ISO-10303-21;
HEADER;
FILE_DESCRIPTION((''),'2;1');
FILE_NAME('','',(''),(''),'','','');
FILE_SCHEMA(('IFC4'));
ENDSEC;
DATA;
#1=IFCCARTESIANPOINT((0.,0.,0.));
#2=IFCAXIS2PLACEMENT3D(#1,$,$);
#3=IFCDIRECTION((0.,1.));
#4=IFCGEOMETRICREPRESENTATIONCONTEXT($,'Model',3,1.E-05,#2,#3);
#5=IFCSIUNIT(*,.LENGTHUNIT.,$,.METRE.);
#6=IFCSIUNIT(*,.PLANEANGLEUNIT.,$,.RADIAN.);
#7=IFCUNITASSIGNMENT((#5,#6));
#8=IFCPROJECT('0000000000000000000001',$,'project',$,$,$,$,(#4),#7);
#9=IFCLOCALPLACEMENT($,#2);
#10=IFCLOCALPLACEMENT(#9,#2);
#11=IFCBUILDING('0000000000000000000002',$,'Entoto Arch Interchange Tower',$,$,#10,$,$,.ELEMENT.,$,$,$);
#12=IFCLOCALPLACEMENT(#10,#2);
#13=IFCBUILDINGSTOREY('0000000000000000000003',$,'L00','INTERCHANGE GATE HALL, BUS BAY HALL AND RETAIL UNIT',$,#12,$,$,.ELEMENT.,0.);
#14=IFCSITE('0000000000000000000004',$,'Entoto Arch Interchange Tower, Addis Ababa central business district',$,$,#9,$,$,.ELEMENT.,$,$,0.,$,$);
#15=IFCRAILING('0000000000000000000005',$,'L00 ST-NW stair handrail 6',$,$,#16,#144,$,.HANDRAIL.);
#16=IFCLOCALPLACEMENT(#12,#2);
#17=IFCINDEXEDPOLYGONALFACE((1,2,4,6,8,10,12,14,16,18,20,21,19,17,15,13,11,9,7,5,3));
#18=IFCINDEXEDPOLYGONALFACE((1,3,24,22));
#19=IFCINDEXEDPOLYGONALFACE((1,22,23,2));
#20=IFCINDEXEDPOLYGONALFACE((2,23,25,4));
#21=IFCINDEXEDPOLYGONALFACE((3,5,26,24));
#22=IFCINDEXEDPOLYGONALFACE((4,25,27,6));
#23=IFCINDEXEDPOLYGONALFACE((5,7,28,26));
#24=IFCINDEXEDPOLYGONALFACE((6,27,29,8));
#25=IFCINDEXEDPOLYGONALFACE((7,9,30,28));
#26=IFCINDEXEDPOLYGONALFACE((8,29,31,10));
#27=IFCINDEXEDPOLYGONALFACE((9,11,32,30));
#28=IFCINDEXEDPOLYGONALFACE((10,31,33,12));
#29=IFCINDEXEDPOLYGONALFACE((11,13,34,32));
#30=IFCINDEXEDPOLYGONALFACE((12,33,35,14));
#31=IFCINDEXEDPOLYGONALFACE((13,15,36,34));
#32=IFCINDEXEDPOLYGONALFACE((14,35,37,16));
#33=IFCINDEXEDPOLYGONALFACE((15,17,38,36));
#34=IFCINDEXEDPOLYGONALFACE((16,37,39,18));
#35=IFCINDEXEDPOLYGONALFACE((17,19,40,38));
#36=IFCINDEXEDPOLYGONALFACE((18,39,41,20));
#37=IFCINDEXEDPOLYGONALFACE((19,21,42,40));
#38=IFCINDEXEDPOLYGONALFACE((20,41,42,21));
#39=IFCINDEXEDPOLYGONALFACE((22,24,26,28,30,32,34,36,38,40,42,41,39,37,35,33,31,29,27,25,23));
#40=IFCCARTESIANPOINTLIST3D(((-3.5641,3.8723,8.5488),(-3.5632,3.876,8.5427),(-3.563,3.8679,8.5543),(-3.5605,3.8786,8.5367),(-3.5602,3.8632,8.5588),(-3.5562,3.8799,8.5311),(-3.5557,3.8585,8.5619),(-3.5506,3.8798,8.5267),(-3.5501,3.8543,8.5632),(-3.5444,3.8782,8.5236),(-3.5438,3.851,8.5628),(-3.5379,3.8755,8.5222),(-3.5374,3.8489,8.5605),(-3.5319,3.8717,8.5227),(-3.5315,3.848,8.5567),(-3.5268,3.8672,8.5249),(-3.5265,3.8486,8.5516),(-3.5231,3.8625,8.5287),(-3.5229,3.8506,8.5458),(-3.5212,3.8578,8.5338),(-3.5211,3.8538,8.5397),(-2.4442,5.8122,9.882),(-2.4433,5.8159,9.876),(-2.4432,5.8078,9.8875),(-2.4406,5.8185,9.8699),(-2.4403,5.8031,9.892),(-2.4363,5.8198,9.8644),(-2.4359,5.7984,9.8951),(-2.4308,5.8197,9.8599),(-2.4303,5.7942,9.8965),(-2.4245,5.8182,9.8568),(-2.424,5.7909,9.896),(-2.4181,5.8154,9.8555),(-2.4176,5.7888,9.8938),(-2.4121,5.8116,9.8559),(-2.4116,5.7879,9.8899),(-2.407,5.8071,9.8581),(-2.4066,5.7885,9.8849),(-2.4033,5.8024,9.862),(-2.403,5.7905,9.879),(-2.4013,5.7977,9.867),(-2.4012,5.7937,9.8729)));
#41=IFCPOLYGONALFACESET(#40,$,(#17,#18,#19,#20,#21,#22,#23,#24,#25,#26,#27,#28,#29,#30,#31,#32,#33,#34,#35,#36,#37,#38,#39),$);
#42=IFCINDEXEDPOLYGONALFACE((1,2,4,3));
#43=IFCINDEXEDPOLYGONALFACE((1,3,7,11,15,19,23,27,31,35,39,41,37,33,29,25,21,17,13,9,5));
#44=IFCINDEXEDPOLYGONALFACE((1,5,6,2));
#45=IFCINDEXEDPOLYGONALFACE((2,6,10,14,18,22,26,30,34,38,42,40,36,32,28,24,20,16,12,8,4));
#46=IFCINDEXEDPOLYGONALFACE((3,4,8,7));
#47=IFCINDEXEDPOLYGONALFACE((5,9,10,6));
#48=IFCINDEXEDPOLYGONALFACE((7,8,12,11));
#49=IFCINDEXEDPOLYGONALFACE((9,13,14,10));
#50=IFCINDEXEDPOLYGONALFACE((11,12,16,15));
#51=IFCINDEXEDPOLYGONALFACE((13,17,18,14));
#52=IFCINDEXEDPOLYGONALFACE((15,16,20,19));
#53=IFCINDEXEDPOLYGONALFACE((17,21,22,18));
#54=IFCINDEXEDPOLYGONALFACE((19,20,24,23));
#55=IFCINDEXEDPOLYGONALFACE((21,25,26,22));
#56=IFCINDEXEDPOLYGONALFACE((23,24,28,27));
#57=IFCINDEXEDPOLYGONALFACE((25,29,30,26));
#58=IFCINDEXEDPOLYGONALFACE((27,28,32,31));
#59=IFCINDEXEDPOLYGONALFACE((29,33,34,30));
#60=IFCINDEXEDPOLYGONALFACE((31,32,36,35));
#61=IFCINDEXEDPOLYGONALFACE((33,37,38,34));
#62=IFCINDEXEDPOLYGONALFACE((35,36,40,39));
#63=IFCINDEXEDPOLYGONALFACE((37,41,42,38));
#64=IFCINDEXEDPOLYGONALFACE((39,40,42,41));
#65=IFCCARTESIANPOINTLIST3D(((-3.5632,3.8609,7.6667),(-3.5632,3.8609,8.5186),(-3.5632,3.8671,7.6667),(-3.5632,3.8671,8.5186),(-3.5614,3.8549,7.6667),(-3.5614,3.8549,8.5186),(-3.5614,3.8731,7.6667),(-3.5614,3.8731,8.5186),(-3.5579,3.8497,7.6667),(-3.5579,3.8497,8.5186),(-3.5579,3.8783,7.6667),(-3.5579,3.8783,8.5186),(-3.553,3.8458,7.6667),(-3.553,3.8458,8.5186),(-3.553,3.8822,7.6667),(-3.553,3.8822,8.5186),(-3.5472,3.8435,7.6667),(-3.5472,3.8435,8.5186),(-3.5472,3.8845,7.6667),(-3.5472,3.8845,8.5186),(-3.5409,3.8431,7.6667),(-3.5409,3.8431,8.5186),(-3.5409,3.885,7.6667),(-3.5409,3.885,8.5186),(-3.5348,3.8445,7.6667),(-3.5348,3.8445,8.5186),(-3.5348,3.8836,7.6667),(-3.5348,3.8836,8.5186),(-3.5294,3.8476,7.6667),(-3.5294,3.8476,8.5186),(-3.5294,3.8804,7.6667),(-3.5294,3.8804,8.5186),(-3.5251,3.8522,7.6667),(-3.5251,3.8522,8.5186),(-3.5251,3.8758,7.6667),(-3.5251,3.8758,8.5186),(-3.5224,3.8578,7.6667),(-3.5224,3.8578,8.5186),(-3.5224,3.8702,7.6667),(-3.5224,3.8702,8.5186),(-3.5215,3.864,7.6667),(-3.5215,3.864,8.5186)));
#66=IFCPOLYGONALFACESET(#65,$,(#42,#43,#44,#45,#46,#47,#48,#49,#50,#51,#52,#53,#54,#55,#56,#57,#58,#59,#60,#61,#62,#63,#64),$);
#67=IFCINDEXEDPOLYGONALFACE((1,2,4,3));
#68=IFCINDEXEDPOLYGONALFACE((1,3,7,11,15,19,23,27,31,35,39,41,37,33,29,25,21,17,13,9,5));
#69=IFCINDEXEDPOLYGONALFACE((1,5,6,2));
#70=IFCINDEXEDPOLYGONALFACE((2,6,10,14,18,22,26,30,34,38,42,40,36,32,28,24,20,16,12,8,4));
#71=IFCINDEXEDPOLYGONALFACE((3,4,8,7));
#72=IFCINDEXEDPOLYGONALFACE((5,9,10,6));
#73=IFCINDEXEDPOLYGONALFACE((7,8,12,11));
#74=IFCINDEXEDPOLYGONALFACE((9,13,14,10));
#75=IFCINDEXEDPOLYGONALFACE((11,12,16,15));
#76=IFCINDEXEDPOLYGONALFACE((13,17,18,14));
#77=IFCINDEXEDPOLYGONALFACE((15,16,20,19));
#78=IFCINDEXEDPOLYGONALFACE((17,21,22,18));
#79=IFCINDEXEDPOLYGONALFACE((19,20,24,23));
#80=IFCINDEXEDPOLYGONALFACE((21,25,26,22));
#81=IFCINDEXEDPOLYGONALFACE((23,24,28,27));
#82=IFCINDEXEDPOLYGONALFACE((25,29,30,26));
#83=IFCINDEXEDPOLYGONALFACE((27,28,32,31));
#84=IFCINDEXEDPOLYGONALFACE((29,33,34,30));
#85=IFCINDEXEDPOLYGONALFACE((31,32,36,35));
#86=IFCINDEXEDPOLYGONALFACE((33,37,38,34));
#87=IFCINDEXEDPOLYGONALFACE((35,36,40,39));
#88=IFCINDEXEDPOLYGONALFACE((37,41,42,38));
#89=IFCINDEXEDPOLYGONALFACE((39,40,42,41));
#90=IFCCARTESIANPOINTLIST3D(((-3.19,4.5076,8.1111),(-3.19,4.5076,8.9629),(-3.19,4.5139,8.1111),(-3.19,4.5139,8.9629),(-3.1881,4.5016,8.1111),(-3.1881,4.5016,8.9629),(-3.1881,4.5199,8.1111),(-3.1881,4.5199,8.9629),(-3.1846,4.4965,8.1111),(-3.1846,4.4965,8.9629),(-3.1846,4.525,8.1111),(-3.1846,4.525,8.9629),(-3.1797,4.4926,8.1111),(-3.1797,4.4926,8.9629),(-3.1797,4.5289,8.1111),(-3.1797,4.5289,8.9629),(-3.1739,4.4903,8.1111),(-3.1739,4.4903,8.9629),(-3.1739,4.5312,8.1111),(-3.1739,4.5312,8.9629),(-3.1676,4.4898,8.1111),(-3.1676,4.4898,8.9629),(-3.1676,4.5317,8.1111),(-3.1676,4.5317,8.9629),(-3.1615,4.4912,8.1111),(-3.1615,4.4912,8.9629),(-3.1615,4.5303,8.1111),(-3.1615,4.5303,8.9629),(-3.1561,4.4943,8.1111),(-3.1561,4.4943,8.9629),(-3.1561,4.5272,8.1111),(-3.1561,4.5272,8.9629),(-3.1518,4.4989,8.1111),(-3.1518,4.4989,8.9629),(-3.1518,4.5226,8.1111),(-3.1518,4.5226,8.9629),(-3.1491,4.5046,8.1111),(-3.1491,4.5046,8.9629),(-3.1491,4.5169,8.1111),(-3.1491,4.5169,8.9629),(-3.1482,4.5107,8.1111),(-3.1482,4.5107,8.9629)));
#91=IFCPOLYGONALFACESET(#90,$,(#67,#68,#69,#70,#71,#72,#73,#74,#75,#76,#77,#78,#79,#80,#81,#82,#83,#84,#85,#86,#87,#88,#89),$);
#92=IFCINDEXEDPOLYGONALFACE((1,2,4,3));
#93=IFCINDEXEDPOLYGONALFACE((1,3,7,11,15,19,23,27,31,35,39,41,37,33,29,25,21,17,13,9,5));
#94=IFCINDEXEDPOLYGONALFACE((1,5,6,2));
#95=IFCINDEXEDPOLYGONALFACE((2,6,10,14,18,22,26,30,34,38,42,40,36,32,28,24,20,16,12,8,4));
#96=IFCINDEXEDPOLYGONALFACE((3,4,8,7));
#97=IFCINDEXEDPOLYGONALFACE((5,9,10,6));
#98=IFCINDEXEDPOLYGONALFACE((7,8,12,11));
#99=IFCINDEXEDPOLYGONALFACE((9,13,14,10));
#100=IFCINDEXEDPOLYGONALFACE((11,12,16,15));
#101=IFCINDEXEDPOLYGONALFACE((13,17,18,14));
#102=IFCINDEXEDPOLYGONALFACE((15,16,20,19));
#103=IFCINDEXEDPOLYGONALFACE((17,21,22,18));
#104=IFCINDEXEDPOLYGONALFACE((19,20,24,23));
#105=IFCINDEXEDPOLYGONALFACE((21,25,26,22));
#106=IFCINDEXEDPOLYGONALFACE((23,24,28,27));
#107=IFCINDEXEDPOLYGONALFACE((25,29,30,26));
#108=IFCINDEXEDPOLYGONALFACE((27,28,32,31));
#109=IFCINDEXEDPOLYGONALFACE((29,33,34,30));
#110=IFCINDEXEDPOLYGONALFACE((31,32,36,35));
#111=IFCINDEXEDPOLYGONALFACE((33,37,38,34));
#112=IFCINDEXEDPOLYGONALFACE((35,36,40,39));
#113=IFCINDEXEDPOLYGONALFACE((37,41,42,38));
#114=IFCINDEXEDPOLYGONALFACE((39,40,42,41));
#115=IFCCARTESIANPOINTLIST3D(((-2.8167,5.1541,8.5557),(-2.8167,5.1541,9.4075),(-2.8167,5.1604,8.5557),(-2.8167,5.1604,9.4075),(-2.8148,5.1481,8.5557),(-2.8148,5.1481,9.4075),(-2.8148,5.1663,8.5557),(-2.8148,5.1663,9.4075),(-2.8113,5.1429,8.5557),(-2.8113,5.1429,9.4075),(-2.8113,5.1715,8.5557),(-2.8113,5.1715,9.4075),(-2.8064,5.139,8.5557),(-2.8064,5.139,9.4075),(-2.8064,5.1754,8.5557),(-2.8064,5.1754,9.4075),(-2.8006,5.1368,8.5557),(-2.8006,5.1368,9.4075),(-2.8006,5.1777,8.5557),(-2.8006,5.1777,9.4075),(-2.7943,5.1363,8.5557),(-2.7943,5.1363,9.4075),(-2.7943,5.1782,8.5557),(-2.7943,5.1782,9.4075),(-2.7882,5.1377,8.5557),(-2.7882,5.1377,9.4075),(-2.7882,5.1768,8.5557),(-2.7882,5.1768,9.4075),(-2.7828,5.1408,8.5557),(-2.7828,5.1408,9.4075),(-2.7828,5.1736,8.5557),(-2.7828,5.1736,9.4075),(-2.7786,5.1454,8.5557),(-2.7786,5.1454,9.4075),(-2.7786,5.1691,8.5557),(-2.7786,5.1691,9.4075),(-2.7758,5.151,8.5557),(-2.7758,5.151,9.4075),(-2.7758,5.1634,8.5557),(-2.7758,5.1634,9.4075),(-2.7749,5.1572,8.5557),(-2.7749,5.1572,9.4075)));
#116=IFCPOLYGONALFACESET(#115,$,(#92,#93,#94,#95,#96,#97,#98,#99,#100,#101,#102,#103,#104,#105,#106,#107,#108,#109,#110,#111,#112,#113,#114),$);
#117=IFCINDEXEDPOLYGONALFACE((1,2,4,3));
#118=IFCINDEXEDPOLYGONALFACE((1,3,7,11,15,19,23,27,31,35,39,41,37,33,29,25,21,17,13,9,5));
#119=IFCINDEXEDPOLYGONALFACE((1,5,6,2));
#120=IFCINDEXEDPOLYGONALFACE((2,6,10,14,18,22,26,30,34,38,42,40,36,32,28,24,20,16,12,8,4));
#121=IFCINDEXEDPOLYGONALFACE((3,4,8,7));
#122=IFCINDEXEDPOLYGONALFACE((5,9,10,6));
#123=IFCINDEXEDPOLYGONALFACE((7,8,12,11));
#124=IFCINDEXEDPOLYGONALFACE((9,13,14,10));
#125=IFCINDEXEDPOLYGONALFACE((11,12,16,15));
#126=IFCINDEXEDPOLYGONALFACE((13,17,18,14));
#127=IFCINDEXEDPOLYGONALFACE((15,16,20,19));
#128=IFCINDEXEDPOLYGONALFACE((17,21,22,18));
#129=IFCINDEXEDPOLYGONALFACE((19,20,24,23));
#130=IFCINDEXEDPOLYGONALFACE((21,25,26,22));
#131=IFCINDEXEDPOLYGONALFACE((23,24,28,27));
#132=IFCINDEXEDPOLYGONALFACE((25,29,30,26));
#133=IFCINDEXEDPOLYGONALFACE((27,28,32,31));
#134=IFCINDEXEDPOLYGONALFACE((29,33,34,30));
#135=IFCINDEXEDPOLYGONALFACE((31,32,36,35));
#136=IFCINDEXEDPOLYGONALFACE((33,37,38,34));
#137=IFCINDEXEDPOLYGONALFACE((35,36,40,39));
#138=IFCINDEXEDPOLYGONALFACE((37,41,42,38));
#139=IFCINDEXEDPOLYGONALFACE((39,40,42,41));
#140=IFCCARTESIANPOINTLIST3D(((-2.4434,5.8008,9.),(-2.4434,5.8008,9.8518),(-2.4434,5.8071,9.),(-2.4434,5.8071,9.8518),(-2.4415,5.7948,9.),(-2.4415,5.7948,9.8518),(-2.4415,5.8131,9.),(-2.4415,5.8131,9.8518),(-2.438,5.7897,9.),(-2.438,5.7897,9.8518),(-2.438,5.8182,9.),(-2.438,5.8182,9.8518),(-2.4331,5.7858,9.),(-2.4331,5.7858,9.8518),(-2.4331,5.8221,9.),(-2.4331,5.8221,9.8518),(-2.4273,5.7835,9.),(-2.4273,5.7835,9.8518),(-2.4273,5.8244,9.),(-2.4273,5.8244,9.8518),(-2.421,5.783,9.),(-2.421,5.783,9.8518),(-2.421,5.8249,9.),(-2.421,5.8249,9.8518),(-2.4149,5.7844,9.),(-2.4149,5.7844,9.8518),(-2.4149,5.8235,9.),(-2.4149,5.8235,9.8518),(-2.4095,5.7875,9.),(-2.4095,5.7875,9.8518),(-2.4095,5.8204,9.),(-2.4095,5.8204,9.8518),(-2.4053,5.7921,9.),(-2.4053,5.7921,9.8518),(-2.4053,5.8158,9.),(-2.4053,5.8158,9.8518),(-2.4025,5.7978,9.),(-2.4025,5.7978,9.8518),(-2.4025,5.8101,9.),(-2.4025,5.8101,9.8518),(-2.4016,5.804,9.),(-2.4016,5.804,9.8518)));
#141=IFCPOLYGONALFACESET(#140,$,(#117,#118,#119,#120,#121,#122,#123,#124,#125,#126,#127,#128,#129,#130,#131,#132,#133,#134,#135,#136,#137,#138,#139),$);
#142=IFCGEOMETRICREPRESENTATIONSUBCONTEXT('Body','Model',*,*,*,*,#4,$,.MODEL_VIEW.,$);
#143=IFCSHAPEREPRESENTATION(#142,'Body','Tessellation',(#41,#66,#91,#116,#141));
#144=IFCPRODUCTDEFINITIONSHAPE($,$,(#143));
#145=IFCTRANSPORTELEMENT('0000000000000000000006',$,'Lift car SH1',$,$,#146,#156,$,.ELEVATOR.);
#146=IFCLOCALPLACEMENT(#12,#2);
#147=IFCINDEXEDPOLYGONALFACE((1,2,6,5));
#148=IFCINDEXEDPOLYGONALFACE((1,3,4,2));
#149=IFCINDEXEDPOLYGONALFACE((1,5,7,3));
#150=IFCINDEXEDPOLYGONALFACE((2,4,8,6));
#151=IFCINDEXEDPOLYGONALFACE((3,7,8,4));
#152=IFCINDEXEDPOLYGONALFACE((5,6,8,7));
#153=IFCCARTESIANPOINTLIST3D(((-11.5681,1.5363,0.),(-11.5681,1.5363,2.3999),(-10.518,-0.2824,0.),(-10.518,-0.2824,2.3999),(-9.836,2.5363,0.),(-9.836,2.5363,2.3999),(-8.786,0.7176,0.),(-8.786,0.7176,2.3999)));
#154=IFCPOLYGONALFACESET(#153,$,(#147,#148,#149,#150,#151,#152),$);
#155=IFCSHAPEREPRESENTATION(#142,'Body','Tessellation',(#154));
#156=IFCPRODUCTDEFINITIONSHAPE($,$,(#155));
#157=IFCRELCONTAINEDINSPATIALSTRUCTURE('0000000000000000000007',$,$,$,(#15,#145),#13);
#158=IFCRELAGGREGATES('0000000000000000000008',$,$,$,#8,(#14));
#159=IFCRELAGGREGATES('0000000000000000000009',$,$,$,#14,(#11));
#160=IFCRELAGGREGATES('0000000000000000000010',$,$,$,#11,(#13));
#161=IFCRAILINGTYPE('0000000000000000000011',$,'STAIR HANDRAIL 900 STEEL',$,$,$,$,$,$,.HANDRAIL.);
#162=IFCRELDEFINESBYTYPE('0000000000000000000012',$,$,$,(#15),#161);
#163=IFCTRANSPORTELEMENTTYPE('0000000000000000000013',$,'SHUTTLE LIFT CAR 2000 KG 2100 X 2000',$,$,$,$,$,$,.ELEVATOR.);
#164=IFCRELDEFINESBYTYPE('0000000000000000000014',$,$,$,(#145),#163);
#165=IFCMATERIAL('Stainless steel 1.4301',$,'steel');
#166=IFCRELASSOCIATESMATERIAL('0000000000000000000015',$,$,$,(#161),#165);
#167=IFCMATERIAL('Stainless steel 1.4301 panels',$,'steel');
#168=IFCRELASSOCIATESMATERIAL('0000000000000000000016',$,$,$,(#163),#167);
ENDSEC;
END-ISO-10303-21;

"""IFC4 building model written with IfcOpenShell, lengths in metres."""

from ifc_helpers import new_model, si_unit, direction, frame, origin, origin_2d, place, context, subcontext, project, spatial, rectangle, circle, extrude, material, type_object, element, save


model = new_model("IFC4")

# Units and contexts
model_context = context("Model", 3, precision=1e-05, world=origin(), true_north=direction((0.0, 1.0)))
body_context = subcontext(model_context, "Body", "Model", "MODEL_VIEW")
ifc_project = project(units=[si_unit("LENGTHUNIT", "METRE"), si_unit("PLANEANGLEUNIT", "RADIAN")], contexts=[model_context])

# Site, building, storey
site_placement = place(None, origin())
site = spatial("IfcSite", under=ifc_project, at=site_placement, Name="Entoto Arch Interchange Tower, Addis Ababa central business district", CompositionType="ELEMENT", RefElevation=0.0)
building_placement = place(site_placement, origin())
building = spatial("IfcBuilding", under=site, at=building_placement, Name="Entoto Arch Interchange Tower", CompositionType="ELEMENT")
storey_placement = place(building_placement, origin())
storey = spatial("IfcBuildingStorey", under=building, at=storey_placement, Name="L00", Description="INTERCHANGE GATE HALL, BUS BAY HALL AND RETAIL UNIT", CompositionType="ELEMENT", Elevation=0.0)

# Shared definitions
ifc_material_1 = material(Name="Stainless steel 1.4301 panels", Category="steel")

# Railing
ifc_material_2 = material(Name="Stainless steel 1.4301", Category="steel")
railing_type_1 = type_object("IfcRailingType", Name="STAIR HANDRAIL 900 STEEL", PredefinedType="HANDRAIL", material=ifc_material_2)
for number, where, name in (
    (1, (-3.5425, 3.864, 7.6667), "L00 ST-NW stair handrail 6"),
):
    element("IfcRailing", number, at=place(storey_placement, frame(where)), inside=storey, type_object=railing_type_1, Name=name, PredefinedType="HANDRAIL", context=body_context, shape_type="SweptSolid", body=[
        extrude(circle(Radius=0.0239, at=origin_2d()), frame((0.0, 0.0, 0.876), z_axis=(0.429608, 0.744205, 0.511465), x_axis=(-0.866055, 0.499949, 0.0)), (0.0, 0.0, 1.0), 2.6067),
        extrude(circle(Radius=0.021, at=origin_2d()), origin(), (0.0, 0.0, 1.0), 0.8518),
        extrude(circle(Radius=0.021, at=origin_2d()), frame((0.3733, 0.6467, 0.4443)), (0.0, 0.0, 1.0), 0.8518),
        extrude(circle(Radius=0.021, at=origin_2d()), frame((0.7466, 1.2932, 0.8889)), (0.0, 0.0, 1.0), 0.8518),
        extrude(circle(Radius=0.021, at=origin_2d()), frame((1.1199, 1.9399, 1.3333)), (0.0, 0.0, 1.0), 0.8518),
    ])

# Transport element
transport_element_type = type_object("IfcTransportElementType", Name="SHUTTLE LIFT CAR 2000 KG 2100 X 2000", PredefinedType="ELEVATOR", material=ifc_material_1)
transport_element_placement = place(storey_placement, frame((-10.177, 1.127, 0.0), z_axis=(0.0, 0.0, 1.0), x_axis=(-0.5, 0.866025, 0.0)))
element("IfcTransportElement", 2, at=transport_element_placement, inside=storey, type_object=transport_element_type, Name="Lift car SH1", PredefinedType="ELEVATOR", context=body_context, shape_type="SweptSolid", body=[
    extrude(rectangle(XDim=2.1001, YDim=2.0, at=origin_2d()), origin(), (0.0, 0.0, 1.0), 2.3999),
])

save(model, "model.ifc")
